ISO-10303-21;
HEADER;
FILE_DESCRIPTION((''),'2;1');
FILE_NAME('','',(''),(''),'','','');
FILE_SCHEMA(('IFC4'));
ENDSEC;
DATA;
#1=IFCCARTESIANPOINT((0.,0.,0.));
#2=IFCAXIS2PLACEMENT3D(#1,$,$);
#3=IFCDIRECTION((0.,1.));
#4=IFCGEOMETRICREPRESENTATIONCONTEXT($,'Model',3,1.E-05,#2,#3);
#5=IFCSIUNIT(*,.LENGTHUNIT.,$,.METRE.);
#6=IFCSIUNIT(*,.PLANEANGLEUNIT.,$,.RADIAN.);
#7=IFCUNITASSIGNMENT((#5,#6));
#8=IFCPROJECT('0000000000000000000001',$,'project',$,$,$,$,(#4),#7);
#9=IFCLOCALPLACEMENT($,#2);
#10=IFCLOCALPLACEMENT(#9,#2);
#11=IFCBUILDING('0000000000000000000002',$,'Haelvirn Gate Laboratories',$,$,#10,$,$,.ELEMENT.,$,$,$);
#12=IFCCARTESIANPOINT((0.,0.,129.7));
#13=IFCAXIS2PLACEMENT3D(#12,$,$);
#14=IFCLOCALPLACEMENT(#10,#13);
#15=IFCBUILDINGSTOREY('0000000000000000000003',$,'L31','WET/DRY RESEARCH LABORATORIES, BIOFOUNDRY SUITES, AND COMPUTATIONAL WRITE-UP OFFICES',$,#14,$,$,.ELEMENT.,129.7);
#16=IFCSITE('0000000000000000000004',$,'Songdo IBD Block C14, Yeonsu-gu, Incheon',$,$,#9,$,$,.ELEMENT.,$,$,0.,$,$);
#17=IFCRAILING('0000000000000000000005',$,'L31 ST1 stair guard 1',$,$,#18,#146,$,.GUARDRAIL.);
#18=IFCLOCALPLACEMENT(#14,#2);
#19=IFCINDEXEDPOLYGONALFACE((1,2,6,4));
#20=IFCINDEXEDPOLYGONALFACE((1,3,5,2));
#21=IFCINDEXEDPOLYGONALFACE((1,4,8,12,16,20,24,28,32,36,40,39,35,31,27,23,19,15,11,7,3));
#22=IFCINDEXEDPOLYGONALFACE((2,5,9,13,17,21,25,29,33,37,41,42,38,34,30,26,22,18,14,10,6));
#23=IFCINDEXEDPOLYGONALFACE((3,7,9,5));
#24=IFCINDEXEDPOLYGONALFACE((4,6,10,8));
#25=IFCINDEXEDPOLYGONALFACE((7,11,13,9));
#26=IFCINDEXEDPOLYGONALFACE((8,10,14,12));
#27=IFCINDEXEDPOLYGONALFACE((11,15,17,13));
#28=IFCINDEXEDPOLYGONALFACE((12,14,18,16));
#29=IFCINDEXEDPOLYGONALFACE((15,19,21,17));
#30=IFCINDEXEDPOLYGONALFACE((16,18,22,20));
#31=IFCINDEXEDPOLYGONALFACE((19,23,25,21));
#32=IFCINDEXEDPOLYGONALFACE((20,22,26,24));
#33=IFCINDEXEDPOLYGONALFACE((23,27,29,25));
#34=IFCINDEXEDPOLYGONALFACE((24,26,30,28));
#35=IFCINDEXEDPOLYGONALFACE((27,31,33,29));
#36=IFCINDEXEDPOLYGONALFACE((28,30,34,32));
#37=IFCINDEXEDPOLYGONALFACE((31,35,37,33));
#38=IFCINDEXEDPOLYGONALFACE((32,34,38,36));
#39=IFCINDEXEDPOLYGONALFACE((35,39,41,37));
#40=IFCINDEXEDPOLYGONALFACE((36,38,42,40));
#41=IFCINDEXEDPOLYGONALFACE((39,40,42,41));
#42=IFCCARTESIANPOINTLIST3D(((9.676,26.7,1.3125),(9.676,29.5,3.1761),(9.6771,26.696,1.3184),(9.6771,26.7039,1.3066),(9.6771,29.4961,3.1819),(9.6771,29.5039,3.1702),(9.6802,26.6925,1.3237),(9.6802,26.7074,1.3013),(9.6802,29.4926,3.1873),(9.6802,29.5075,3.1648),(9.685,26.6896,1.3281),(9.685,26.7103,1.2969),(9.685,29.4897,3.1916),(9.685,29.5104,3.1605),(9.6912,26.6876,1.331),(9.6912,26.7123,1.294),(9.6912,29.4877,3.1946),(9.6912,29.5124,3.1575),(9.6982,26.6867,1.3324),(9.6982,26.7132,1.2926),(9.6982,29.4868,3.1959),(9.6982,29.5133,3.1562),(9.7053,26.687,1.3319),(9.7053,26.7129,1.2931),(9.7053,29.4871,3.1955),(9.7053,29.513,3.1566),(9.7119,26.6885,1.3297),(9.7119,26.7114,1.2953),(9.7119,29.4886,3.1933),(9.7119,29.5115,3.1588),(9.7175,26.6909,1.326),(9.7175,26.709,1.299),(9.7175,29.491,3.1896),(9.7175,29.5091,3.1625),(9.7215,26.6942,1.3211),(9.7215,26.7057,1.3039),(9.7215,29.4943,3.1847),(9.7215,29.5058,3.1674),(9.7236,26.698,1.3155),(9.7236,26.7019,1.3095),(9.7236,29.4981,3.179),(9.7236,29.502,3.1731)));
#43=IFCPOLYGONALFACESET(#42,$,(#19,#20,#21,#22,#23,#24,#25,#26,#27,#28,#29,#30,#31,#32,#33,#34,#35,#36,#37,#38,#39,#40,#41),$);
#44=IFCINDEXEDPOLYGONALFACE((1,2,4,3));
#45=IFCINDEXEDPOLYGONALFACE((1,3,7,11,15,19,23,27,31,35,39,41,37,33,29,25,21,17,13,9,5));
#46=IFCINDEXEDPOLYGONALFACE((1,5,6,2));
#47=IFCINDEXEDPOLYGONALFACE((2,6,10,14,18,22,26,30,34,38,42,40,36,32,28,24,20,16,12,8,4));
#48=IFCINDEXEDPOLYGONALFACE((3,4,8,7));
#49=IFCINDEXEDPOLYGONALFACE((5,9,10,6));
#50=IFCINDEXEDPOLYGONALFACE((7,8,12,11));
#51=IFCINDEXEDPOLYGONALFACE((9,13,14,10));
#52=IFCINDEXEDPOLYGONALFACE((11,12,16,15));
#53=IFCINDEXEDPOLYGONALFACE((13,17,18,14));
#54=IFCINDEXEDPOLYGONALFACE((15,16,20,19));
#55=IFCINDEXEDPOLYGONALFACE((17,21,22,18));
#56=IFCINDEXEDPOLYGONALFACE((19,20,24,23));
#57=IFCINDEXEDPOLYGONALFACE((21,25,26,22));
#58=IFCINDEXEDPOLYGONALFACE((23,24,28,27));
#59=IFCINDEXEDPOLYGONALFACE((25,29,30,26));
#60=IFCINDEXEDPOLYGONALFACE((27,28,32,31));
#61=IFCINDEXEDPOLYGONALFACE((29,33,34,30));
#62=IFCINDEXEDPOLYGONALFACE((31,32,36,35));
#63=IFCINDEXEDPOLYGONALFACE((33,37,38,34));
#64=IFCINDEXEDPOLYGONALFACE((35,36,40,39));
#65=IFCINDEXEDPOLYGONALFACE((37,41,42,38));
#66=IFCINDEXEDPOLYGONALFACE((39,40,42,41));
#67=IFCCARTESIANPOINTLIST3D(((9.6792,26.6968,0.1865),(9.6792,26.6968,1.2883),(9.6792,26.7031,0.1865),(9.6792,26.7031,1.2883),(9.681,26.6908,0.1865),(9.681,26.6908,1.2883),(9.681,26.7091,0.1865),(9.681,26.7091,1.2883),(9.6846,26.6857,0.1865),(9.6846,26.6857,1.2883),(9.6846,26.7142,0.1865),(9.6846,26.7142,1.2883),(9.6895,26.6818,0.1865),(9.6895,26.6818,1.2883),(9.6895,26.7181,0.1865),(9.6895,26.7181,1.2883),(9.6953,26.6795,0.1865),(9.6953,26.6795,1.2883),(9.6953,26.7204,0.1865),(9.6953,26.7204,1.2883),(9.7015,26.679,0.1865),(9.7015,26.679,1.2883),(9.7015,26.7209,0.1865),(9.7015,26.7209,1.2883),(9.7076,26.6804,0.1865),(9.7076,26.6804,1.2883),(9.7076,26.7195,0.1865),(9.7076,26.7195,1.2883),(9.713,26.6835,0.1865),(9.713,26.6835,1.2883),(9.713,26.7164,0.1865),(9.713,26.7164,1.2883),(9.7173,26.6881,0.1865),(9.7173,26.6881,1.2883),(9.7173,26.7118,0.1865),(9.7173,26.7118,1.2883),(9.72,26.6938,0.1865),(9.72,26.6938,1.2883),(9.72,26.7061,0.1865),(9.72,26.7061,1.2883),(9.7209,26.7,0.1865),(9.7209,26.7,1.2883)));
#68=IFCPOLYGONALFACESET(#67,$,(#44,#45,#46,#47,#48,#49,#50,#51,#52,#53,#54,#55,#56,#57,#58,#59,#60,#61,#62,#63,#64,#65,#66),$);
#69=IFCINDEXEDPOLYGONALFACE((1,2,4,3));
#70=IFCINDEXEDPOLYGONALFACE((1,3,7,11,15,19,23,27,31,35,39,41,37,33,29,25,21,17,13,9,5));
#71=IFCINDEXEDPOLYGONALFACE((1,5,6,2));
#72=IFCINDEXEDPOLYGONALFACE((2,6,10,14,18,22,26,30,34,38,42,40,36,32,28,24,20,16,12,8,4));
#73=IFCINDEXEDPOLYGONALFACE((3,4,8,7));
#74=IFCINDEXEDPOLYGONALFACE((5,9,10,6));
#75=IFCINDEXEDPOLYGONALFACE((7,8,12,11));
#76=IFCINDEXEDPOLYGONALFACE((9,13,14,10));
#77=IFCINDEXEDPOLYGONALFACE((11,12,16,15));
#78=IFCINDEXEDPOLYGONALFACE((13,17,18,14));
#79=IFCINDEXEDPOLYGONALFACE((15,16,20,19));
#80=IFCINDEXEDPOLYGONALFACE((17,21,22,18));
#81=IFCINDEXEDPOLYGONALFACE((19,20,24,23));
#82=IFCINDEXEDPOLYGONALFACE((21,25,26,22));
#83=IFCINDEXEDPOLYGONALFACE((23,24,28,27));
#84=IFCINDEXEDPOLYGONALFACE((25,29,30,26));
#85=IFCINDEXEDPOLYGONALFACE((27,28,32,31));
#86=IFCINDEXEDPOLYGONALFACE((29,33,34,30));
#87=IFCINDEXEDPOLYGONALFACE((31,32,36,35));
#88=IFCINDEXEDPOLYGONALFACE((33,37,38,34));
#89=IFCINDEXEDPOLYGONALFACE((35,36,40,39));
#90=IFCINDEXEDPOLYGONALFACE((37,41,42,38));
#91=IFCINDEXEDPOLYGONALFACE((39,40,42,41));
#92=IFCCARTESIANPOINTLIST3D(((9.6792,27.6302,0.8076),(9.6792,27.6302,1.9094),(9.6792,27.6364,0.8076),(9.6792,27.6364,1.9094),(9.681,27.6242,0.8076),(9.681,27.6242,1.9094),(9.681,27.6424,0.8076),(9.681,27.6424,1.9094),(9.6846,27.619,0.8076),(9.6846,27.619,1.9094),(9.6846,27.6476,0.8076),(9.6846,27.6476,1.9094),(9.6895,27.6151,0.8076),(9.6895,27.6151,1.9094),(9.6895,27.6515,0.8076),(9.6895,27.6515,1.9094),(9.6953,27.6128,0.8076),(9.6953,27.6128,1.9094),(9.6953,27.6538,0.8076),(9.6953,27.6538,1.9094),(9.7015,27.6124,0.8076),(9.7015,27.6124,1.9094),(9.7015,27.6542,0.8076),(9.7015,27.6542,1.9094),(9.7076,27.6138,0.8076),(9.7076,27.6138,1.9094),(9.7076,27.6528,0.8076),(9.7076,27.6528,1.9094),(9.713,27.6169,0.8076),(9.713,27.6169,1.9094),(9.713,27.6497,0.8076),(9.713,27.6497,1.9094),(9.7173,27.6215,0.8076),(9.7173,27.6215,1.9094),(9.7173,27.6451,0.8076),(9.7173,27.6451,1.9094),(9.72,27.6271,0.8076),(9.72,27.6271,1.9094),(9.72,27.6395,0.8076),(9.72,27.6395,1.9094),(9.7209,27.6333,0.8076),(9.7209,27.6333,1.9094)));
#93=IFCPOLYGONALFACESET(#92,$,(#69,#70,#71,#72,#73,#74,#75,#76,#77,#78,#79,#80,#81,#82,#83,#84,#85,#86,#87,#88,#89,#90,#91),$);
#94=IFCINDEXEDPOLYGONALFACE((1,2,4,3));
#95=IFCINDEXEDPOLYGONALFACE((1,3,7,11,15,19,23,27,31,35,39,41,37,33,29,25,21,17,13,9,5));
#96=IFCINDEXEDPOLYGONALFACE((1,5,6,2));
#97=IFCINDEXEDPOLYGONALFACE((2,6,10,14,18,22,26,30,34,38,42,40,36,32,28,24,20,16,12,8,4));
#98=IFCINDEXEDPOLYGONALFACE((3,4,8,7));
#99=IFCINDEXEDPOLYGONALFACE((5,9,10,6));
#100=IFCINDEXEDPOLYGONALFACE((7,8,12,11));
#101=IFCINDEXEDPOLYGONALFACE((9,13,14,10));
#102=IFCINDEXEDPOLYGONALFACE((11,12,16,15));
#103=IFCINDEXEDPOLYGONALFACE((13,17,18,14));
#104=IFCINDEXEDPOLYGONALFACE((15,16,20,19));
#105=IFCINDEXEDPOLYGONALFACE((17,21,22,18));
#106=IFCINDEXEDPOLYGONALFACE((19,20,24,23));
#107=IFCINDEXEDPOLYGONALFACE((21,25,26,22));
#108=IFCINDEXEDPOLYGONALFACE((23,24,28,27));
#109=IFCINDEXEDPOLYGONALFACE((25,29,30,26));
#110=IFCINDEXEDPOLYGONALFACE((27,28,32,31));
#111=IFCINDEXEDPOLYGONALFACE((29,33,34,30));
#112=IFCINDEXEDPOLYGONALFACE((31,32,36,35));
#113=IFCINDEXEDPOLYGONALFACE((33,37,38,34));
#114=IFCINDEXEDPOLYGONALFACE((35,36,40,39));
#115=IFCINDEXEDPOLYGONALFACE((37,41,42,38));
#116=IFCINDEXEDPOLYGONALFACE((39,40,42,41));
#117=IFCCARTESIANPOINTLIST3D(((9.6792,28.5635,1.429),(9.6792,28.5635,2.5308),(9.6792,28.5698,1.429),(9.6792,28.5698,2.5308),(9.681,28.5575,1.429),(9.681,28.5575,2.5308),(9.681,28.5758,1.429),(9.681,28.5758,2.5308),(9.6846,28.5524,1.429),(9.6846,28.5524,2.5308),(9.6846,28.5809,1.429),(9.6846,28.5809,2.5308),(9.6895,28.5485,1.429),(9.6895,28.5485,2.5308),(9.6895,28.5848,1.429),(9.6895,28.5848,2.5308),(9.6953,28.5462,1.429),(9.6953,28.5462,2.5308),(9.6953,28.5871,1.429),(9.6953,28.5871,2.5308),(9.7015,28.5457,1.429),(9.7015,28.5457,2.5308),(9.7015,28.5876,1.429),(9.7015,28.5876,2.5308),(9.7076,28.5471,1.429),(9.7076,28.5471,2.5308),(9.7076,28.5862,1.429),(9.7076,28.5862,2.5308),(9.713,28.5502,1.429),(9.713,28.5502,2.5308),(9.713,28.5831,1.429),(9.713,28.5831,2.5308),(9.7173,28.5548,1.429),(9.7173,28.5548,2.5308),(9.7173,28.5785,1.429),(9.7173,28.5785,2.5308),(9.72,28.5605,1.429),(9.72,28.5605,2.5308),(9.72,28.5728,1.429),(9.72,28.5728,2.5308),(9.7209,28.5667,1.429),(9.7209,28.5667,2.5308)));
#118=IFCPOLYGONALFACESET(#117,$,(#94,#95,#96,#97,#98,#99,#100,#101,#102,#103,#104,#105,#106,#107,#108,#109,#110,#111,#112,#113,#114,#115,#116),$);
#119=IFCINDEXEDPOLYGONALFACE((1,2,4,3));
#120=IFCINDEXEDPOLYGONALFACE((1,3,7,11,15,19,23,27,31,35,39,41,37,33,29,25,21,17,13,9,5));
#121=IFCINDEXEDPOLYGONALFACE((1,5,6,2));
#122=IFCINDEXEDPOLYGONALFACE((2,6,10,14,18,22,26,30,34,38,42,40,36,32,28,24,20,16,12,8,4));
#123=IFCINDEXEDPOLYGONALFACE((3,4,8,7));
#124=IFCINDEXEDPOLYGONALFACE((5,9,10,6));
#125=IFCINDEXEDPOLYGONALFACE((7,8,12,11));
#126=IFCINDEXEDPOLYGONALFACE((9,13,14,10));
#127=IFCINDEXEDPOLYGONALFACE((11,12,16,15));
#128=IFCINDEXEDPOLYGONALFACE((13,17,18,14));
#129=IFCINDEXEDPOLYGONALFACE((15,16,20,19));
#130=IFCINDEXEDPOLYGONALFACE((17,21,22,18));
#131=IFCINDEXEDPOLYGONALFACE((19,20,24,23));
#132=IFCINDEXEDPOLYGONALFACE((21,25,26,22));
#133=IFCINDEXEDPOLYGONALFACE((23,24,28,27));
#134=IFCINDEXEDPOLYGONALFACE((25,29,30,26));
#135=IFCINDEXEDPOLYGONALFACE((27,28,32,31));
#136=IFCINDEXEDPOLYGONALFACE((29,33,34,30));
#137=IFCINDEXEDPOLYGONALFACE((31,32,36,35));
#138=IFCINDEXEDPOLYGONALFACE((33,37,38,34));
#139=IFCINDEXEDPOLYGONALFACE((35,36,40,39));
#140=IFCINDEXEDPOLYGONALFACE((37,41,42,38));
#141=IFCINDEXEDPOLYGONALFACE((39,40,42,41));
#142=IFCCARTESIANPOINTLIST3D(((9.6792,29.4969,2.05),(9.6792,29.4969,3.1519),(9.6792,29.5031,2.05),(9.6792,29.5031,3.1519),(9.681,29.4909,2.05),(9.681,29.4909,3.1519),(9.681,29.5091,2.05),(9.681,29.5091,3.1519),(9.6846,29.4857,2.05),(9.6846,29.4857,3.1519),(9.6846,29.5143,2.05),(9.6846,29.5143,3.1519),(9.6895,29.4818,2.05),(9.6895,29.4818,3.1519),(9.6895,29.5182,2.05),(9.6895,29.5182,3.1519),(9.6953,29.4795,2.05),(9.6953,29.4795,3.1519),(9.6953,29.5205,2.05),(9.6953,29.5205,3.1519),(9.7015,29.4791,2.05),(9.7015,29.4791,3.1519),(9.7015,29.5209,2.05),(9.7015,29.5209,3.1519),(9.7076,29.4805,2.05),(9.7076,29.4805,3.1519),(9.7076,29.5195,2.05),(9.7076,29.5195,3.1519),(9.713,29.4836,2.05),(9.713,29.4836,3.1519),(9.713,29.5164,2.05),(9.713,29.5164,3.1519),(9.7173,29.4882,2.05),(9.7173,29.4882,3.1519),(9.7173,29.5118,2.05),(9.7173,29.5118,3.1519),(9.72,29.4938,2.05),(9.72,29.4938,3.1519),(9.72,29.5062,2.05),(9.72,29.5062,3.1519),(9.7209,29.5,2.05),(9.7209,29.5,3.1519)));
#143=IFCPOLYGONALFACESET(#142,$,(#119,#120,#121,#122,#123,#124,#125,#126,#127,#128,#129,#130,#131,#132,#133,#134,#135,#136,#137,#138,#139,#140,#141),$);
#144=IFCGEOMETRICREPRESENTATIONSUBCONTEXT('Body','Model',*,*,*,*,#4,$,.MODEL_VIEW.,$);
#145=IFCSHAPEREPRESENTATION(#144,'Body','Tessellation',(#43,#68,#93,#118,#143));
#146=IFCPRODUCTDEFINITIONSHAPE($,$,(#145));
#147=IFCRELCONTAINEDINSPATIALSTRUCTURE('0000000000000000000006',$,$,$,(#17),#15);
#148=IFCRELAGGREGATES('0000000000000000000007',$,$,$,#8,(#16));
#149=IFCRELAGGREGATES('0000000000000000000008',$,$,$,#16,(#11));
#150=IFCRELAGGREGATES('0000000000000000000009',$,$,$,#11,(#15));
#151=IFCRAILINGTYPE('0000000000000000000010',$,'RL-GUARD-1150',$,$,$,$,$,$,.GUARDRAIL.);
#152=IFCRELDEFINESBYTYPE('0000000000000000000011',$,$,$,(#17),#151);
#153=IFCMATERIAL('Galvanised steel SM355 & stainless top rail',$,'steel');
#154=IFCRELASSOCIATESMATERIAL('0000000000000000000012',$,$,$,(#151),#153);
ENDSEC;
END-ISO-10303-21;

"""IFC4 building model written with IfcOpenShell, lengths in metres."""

from ifc_helpers import new_model, si_unit, direction, frame, origin, origin_2d, place, context, subcontext, project, spatial, circle, extrude, source, transform, mapped, material, type_object, element, save


model = new_model("IFC4")

# Units and contexts
model_context = context("Model", 3, precision=1e-05, world=origin(), true_north=direction((0.0, 1.0)))
body_context = subcontext(model_context, "Body", "Model", "MODEL_VIEW")
ifc_project = project(units=[si_unit("LENGTHUNIT", "METRE"), si_unit("PLANEANGLEUNIT", "RADIAN")], contexts=[model_context])

# Site, building, storey
site_placement = place(None, origin())
site = spatial("IfcSite", under=ifc_project, at=site_placement, Name="Songdo IBD Block C14, Yeonsu-gu, Incheon", CompositionType="ELEMENT", RefElevation=0.0)
building_placement = place(site_placement, origin())
building = spatial("IfcBuilding", under=site, at=building_placement, Name="Haelvirn Gate Laboratories", CompositionType="ELEMENT")
storey_placement = place(building_placement, frame((0.0, 0.0, 129.7)))
storey = spatial("IfcBuildingStorey", under=building, at=storey_placement, Name="L31", Description="WET/DRY RESEARCH LABORATORIES, BIOFOUNDRY SUITES, AND COMPUTATIONAL WRITE-UP OFFICES", CompositionType="ELEMENT", Elevation=129.7)

# Railing
ifc_material_1 = material(Name="Galvanised steel SM355 & stainless top rail", Category="steel")
railing_type_1 = type_object("IfcRailingType", Name="RL-GUARD-1150", PredefinedType="GUARDRAIL", material=ifc_material_1)
shared_shape_1 = source(origin(), body_context, "Body", "SweptSolid", [
    extrude(circle(Radius=0.0239, at=origin_2d()), frame((0.0, 0.0, 1.126), z_axis=(0.0, 0.832486, 0.554047), x_axis=(-1.0, 0.0, 0.0)), (0.0, 0.0, 1.0), 3.3635),
    extrude(circle(Radius=0.021, at=origin_2d()), origin(), (0.0, 0.0, 1.0), 1.1018),
    extrude(circle(Radius=0.021, at=origin_2d()), frame((0.0, 0.9333, 0.6211)), (0.0, 0.0, 1.0), 1.1018),
    extrude(circle(Radius=0.021, at=origin_2d()), frame((0.0, 1.8667, 1.2424)), (0.0, 0.0, 1.0), 1.1018),
    extrude(circle(Radius=0.021, at=origin_2d()), frame((0.0, 2.8, 1.8635)), (0.0, 0.0, 1.0), 1.1018),
])
railing_1_placement = place(storey_placement, frame((9.7, 26.7, 0.1865)))
element("IfcRailing", 1, at=railing_1_placement, inside=storey, type_object=railing_type_1, Name="L31 ST1 stair guard 1", PredefinedType="GUARDRAIL", context=body_context, shape_type="MappedRepresentation", body=[
    mapped(shared_shape_1, transform((0.0, 0.0, 0.0), scale=1.0)),
])

save(model, "model.ifc")
